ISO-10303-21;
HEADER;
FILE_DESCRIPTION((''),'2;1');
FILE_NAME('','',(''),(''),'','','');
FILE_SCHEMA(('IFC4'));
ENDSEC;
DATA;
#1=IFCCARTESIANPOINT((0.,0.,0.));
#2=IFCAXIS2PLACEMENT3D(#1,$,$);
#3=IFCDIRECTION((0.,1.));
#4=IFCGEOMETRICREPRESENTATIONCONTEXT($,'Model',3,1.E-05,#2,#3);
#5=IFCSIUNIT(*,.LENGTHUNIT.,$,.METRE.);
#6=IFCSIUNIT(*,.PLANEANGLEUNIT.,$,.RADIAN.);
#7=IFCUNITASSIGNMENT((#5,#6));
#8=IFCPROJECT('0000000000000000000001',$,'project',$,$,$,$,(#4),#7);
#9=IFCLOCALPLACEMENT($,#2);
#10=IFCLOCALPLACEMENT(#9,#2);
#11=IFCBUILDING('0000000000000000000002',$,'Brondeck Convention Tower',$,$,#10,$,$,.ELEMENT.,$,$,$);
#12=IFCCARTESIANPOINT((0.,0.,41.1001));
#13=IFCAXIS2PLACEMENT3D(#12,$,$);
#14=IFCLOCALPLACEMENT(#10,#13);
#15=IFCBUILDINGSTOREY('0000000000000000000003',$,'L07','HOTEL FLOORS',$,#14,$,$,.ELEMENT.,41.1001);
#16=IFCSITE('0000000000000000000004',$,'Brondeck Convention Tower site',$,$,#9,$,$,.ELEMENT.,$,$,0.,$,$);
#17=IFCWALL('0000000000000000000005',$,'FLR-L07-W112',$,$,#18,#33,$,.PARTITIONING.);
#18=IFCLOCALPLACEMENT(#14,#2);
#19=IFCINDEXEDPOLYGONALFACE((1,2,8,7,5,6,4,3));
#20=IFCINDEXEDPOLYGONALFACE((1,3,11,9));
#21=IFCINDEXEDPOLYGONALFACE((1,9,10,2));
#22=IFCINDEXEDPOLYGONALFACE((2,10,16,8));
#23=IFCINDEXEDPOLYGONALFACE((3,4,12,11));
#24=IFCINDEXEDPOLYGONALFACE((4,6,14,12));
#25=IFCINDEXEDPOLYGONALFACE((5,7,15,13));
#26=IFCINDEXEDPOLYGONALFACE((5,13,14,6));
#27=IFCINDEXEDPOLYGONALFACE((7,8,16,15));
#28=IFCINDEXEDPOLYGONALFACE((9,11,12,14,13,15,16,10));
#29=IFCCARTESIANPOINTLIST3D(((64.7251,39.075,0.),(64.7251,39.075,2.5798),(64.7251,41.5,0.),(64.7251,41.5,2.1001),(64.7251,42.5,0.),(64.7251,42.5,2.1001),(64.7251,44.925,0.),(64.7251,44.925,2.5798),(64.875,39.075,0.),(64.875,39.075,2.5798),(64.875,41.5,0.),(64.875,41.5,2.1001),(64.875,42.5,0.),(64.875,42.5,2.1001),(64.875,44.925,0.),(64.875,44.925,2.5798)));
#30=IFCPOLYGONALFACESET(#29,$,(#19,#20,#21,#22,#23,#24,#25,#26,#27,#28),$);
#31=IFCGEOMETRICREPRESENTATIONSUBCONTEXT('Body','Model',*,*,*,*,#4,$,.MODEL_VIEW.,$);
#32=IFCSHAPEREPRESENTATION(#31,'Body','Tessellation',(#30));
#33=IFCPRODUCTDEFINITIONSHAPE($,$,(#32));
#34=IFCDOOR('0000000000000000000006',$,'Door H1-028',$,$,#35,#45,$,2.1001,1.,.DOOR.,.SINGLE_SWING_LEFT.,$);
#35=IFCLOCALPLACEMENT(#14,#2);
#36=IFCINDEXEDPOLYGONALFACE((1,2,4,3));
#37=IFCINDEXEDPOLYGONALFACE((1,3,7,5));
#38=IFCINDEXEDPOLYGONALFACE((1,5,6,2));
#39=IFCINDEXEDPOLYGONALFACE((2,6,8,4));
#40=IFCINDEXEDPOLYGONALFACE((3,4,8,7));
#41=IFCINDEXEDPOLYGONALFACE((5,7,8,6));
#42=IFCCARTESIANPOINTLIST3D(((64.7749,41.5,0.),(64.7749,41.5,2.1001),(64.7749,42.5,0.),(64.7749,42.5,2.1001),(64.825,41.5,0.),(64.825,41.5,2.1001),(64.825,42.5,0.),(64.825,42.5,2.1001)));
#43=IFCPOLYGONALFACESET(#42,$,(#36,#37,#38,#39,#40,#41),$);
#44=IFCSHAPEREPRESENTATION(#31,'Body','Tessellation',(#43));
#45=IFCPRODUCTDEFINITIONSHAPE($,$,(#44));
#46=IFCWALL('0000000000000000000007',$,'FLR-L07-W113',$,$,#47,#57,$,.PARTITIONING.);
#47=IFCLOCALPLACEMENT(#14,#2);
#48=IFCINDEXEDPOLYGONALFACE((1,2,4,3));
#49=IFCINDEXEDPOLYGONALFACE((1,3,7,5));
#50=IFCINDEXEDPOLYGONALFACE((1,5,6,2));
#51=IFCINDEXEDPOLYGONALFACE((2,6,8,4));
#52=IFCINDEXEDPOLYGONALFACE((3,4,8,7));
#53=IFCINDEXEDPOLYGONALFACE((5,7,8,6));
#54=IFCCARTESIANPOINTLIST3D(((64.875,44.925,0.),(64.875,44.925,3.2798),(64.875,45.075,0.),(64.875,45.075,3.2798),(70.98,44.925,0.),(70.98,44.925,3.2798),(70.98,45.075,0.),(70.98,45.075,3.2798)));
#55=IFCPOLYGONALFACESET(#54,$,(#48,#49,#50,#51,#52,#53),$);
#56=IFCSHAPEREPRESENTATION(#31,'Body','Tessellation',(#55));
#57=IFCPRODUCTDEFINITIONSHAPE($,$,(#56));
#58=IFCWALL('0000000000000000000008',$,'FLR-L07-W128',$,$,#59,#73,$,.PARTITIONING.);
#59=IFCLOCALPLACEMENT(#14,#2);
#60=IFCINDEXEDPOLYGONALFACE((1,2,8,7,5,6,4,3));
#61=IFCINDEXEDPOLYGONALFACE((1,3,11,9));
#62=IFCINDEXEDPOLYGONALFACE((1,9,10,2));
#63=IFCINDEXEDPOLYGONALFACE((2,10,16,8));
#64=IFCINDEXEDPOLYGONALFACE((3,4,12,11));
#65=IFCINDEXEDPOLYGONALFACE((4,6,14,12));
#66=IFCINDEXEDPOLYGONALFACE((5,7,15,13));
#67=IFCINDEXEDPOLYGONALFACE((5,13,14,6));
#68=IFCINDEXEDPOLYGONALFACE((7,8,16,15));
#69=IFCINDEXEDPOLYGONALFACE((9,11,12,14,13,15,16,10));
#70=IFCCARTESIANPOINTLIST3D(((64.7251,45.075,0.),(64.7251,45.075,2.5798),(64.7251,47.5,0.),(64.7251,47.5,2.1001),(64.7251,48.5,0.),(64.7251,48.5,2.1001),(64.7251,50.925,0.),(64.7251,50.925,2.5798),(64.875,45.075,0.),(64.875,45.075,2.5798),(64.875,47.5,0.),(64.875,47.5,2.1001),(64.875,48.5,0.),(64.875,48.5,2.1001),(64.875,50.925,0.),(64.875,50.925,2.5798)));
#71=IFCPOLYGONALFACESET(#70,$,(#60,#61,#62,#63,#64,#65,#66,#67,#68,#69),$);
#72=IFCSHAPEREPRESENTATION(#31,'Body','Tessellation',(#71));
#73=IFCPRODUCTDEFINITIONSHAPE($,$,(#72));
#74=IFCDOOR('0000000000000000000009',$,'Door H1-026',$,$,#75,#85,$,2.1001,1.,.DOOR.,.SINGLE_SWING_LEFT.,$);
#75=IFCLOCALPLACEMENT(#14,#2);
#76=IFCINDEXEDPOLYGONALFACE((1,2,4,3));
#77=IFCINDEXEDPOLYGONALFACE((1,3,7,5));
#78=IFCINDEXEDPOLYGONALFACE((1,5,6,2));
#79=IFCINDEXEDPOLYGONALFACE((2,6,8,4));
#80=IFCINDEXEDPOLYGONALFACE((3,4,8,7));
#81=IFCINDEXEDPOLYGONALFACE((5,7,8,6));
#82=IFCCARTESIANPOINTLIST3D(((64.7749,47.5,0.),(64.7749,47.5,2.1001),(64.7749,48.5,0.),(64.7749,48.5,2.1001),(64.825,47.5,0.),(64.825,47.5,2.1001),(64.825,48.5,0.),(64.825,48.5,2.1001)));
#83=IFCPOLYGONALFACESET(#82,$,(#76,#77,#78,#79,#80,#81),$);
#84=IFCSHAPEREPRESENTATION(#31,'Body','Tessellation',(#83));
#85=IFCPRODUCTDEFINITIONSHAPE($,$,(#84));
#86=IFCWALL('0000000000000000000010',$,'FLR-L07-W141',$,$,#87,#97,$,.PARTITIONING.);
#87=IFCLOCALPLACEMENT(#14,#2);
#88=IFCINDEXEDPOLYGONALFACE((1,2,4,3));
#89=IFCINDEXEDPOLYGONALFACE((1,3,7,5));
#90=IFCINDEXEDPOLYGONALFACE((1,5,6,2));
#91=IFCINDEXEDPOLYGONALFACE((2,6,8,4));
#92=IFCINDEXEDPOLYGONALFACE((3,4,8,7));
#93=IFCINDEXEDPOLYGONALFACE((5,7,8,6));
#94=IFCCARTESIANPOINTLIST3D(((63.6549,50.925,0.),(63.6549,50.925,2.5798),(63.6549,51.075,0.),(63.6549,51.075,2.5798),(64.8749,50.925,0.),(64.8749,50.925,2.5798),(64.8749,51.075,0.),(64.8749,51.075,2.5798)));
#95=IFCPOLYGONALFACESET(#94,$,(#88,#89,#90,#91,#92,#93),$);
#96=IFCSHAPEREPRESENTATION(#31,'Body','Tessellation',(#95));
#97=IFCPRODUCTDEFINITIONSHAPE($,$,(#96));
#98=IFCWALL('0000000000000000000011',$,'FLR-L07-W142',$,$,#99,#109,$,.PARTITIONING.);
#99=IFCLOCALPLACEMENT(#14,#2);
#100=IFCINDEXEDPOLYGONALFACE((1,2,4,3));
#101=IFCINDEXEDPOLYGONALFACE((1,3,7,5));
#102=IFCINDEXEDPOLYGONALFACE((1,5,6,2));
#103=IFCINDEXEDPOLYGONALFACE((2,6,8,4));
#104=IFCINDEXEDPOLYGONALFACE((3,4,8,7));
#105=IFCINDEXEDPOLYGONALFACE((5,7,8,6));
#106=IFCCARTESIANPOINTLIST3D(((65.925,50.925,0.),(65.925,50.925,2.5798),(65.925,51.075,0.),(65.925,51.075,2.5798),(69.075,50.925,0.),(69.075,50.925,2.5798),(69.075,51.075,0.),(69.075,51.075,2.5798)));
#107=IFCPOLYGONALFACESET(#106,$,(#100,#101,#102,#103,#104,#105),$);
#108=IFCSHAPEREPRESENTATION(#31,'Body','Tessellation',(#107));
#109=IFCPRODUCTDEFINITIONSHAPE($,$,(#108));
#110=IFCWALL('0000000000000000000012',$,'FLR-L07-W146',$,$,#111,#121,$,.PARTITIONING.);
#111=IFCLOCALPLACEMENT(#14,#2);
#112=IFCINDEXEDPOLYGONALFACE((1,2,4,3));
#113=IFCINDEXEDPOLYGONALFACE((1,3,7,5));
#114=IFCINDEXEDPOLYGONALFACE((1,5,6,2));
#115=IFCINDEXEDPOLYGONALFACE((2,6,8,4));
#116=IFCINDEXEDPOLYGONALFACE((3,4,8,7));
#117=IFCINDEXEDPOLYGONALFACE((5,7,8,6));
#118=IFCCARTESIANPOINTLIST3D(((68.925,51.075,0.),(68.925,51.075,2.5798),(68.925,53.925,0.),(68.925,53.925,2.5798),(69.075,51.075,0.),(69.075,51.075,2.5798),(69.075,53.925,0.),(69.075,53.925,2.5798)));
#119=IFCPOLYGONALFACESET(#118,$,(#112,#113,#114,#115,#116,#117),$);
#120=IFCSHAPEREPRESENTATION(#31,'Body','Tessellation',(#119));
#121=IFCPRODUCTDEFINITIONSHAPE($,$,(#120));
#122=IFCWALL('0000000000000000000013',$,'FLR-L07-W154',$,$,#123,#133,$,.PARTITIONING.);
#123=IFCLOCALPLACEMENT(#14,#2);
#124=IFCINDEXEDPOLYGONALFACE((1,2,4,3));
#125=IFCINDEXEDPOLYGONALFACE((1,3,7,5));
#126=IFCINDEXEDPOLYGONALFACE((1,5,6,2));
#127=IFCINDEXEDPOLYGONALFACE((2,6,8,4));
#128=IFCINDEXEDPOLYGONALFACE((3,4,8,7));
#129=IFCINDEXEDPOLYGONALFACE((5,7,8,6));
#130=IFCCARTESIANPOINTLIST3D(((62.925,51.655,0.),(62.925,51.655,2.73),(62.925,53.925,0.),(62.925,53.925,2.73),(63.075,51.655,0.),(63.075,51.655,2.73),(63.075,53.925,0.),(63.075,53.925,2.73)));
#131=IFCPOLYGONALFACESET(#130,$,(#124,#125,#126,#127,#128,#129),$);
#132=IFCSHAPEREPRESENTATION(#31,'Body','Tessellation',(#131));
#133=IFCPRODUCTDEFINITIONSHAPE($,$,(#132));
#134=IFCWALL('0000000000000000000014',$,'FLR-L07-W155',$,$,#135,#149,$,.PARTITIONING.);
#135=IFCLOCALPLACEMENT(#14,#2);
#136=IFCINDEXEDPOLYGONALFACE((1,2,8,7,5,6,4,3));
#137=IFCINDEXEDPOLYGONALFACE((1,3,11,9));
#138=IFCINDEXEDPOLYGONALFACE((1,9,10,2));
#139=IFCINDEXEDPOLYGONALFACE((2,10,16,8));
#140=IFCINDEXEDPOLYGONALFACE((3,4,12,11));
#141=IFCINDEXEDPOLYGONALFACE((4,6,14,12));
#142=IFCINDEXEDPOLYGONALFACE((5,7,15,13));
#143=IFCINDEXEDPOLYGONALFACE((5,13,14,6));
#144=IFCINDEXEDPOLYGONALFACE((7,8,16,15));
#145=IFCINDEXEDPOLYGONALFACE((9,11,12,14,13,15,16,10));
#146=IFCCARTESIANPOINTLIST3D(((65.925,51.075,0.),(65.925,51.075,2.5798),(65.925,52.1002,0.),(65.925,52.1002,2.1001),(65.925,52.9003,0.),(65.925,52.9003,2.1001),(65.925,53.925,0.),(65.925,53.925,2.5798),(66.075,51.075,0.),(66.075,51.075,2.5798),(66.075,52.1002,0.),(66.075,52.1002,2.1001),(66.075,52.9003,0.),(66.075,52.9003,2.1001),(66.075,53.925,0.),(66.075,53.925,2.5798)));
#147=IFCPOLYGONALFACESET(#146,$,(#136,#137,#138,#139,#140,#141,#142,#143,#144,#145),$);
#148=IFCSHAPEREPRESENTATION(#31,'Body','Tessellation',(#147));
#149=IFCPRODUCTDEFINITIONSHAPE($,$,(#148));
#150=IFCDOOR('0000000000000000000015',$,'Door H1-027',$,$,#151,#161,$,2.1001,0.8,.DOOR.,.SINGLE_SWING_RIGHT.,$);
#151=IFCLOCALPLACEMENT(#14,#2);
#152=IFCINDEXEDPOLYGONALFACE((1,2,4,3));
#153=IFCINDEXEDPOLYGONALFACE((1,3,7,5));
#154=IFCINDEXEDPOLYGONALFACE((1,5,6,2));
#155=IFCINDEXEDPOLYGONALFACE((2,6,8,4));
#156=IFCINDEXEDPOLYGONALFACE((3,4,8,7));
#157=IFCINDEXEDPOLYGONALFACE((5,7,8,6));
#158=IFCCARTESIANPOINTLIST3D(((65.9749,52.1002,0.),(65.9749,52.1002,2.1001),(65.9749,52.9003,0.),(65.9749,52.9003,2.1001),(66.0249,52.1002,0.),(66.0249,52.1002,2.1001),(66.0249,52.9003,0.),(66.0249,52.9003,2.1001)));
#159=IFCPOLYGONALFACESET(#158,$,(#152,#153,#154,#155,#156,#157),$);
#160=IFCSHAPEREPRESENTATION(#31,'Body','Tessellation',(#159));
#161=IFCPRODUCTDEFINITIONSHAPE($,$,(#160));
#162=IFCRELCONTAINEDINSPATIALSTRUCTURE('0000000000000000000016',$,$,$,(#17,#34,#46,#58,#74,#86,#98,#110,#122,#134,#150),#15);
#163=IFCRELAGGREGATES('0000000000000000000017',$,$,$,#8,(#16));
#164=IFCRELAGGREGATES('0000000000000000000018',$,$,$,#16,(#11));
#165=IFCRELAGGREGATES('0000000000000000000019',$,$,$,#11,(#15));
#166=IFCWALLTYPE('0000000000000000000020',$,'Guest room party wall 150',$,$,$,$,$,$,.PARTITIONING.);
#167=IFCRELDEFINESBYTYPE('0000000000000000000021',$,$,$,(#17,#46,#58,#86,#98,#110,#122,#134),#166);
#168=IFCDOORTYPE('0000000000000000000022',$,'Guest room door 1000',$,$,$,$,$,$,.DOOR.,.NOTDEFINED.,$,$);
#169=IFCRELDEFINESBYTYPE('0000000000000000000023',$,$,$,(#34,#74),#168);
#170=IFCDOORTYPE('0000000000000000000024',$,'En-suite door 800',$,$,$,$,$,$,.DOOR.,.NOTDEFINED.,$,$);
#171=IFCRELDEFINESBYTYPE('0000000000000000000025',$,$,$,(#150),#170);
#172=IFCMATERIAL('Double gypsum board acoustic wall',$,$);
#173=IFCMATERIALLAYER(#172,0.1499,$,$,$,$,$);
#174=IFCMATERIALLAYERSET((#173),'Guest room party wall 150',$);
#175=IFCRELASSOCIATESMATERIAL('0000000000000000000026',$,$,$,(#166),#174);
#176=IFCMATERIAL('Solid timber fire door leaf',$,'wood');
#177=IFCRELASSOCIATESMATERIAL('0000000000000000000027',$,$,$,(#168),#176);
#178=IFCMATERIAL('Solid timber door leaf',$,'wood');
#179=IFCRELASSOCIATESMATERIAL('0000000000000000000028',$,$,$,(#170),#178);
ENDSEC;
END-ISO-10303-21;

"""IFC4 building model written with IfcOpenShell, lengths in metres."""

from ifc_helpers import new_model, si_unit, direction, frame, frame_2d, origin, place, context, subcontext, project, spatial, rectangle, extrude, material, layer, layer_set, type_object, element, fill, save


model = new_model("IFC4")

# Units and contexts
model_context = context("Model", 3, precision=1e-05, world=origin(), true_north=direction((0.0, 1.0)))
body_context = subcontext(model_context, "Body", "Model", "MODEL_VIEW")
ifc_project = project(units=[si_unit("LENGTHUNIT", "METRE"), si_unit("PLANEANGLEUNIT", "RADIAN")], contexts=[model_context])

# Site, building, storey
site_placement = place(None, origin())
site = spatial("IfcSite", under=ifc_project, at=site_placement, Name="Brondeck Convention Tower site", CompositionType="ELEMENT", RefElevation=0.0)
building_placement = place(site_placement, origin())
building = spatial("IfcBuilding", under=site, at=building_placement, Name="Brondeck Convention Tower", CompositionType="ELEMENT")
storey_placement = place(building_placement, frame((0.0, 0.0, 41.1001)))
storey = spatial("IfcBuildingStorey", under=building, at=storey_placement, Name="L07", Description="HOTEL FLOORS", CompositionType="ELEMENT", Elevation=41.1001)

# Wall, opening, door
ifc_material_1 = material(Name="Double gypsum board acoustic wall")
ifc_layer_1 = layer(ifc_material_1, 0.1499)
ifc_layer_set_1 = layer_set([ifc_layer_1], Name="Guest room party wall 150")
wall_type_1 = type_object("IfcWallType", Name="Guest room party wall 150", PredefinedType="PARTITIONING", material=ifc_layer_set_1)
wall_1_placement = place(storey_placement, frame((64.8, 44.925, 0.0), z_axis=(0.0, 0.0, 1.0), x_axis=(0.0, -1.0, 0.0)))
wall_1 = element("IfcWall", 1, at=wall_1_placement, inside=storey, type_object=wall_type_1, Name="FLR-L07-W112", PredefinedType="PARTITIONING", context=body_context, shape_type="SweptSolid", body=[
    extrude(rectangle(XDim=5.8501, YDim=0.1499, at=frame_2d((2.925, 0.0))), origin(), (0.0, 0.0, 1.0), 2.5798),
])
opening_1_placement = place(wall_1_placement, frame((2.425, 0.0, 0.0)))
opening_1 = element("IfcOpeningElement", 2, at=opening_1_placement, cuts=wall_1, PredefinedType="OPENING", context=body_context, shape_type="SweptSolid", body=[
    extrude(rectangle(XDim=1.0, YDim=2.1001, at=frame_2d((0.5, 1.05))), frame((0.0, 0.085, 0.0), z_axis=(0.0, -1.0, 0.0), x_axis=(1.0, 0.0, 0.0)), (0.0, 0.0, 1.0), 0.1699),
])
ifc_material_2 = material(Name="Solid timber fire door leaf", Category="wood")
door_type_1 = type_object("IfcDoorType", Name="Guest room door 1000", OperationType="NOTDEFINED", PredefinedType="DOOR", material=ifc_material_2)
door_1_placement = place(opening_1_placement, origin())
door_1 = element("IfcDoor", 3, at=door_1_placement, inside=storey, type_object=door_type_1, Name="Door H1-028", OperationType="SINGLE_SWING_LEFT", OverallHeight=2.1001, OverallWidth=1.0, PredefinedType="DOOR", context=body_context, shape_type="SweptSolid", body=[
    extrude(rectangle(XDim=1.0, YDim=2.1001, at=frame_2d((0.5, 1.05))), frame((0.0, 0.0249, 0.0), z_axis=(0.0, -1.0, 0.0), x_axis=(1.0, 0.0, 0.0)), (0.0, 0.0, 1.0), 0.05),
])
fill(opening_1, door_1)

# Wall
wall_2_placement = place(storey_placement, frame((70.98, 45.0, 0.0), z_axis=(0.0, 0.0, 1.0), x_axis=(-1.0, 0.0, 0.0)))
element("IfcWall", 4, at=wall_2_placement, inside=storey, type_object=wall_type_1, Name="FLR-L07-W113", PredefinedType="PARTITIONING", context=body_context, shape_type="SweptSolid", body=[
    extrude(rectangle(XDim=6.105, YDim=0.1499, at=frame_2d((3.0525, 0.0))), origin(), (0.0, 0.0, 1.0), 3.2798),
])

# Wall, opening, door
wall_3_placement = place(storey_placement, frame((64.8, 50.925, 0.0), z_axis=(0.0, 0.0, 1.0), x_axis=(0.0, -1.0, 0.0)))
wall_3 = element("IfcWall", 5, at=wall_3_placement, inside=storey, type_object=wall_type_1, Name="FLR-L07-W128", PredefinedType="PARTITIONING", context=body_context, shape_type="SweptSolid", body=[
    extrude(rectangle(XDim=5.8501, YDim=0.1499, at=frame_2d((2.925, 0.0))), origin(), (0.0, 0.0, 1.0), 2.5798),
])
opening_2_placement = place(wall_3_placement, frame((2.425, 0.0, 0.0)))
opening_2 = element("IfcOpeningElement", 6, at=opening_2_placement, cuts=wall_3, PredefinedType="OPENING", context=body_context, shape_type="SweptSolid", body=[
    extrude(rectangle(XDim=1.0, YDim=2.1001, at=frame_2d((0.5, 1.05))), frame((0.0, 0.085, 0.0), z_axis=(0.0, -1.0, 0.0), x_axis=(1.0, 0.0, 0.0)), (0.0, 0.0, 1.0), 0.1699),
])
door_2_placement = place(opening_2_placement, origin())
door_2 = element("IfcDoor", 7, at=door_2_placement, inside=storey, type_object=door_type_1, Name="Door H1-026", OperationType="SINGLE_SWING_LEFT", OverallHeight=2.1001, OverallWidth=1.0, PredefinedType="DOOR", context=body_context, shape_type="SweptSolid", body=[
    extrude(rectangle(XDim=1.0, YDim=2.1001, at=frame_2d((0.5, 1.05))), frame((0.0, 0.0249, 0.0), z_axis=(0.0, -1.0, 0.0), x_axis=(1.0, 0.0, 0.0)), (0.0, 0.0, 1.0), 0.05),
])
fill(opening_2, door_2)

# Walls
wall_4_placement = place(storey_placement, frame((63.655, 51.0, 0.0), z_axis=(0.0, 0.0, 1.0), x_axis=(1.0, 0.0, 0.0)))
element("IfcWall", 8, at=wall_4_placement, inside=storey, type_object=wall_type_1, Name="FLR-L07-W141", PredefinedType="PARTITIONING", context=body_context, shape_type="SweptSolid", body=[
    extrude(rectangle(XDim=1.22, YDim=0.1499, at=frame_2d((0.6099, 0.0))), origin(), (0.0, 0.0, 1.0), 2.5798),
])
wall_5_placement = place(storey_placement, frame((65.925, 51.0, 0.0), z_axis=(0.0, 0.0, 1.0), x_axis=(1.0, 0.0, 0.0)))
element("IfcWall", 9, at=wall_5_placement, inside=storey, type_object=wall_type_1, Name="FLR-L07-W142", PredefinedType="PARTITIONING", context=body_context, shape_type="SweptSolid", body=[
    extrude(rectangle(XDim=3.1499, YDim=0.1499, at=frame_2d((1.575, 0.0))), origin(), (0.0, 0.0, 1.0), 2.5798),
])
wall_6_placement = place(storey_placement, frame((69.0, 51.075, 0.0), z_axis=(0.0, 0.0, 1.0), x_axis=(0.0, 1.0, 0.0)))
element("IfcWall", 10, at=wall_6_placement, inside=storey, type_object=wall_type_1, Name="FLR-L07-W146", PredefinedType="PARTITIONING", context=body_context, shape_type="SweptSolid", body=[
    extrude(rectangle(XDim=2.8501, YDim=0.1499, at=frame_2d((1.425, 0.0))), origin(), (0.0, 0.0, 1.0), 2.5798),
])
wall_7_placement = place(storey_placement, frame((63.0, 53.925, 0.0), z_axis=(0.0, 0.0, 1.0), x_axis=(0.0, -1.0, 0.0)))
element("IfcWall", 11, at=wall_7_placement, inside=storey, type_object=wall_type_1, Name="FLR-L07-W154", PredefinedType="PARTITIONING", context=body_context, shape_type="SweptSolid", body=[
    extrude(rectangle(XDim=2.27, YDim=0.1499, at=frame_2d((1.135, 0.0))), origin(), (0.0, 0.0, 1.0), 2.73),
])

# Wall, opening, door
wall_8_placement = place(storey_placement, frame((66.0, 53.925, 0.0), z_axis=(0.0, 0.0, 1.0), x_axis=(0.0, -1.0, 0.0)))
wall_8 = element("IfcWall", 12, at=wall_8_placement, inside=storey, type_object=wall_type_1, Name="FLR-L07-W155", PredefinedType="PARTITIONING", context=body_context, shape_type="SweptSolid", body=[
    extrude(rectangle(XDim=2.8501, YDim=0.1499, at=frame_2d((1.425, 0.0))), origin(), (0.0, 0.0, 1.0), 2.5798),
])
opening_3_placement = place(wall_8_placement, frame((1.0249, 0.0, 0.0)))
opening_3 = element("IfcOpeningElement", 13, at=opening_3_placement, cuts=wall_8, PredefinedType="OPENING", context=body_context, shape_type="SweptSolid", body=[
    extrude(rectangle(XDim=0.8, YDim=2.1001, at=frame_2d((0.3999, 1.05))), frame((0.0, 0.085, 0.0), z_axis=(0.0, -1.0, 0.0), x_axis=(1.0, 0.0, 0.0)), (0.0, 0.0, 1.0), 0.1699),
])
ifc_material_3 = material(Name="Solid timber door leaf", Category="wood")
door_type_2 = type_object("IfcDoorType", Name="En-suite door 800", OperationType="NOTDEFINED", PredefinedType="DOOR", material=ifc_material_3)
door_3_placement = place(opening_3_placement, origin())
door_3 = element("IfcDoor", 14, at=door_3_placement, inside=storey, type_object=door_type_2, Name="Door H1-027", OperationType="SINGLE_SWING_RIGHT", OverallHeight=2.1001, OverallWidth=0.8, PredefinedType="DOOR", context=body_context, shape_type="SweptSolid", body=[
    extrude(rectangle(XDim=0.8, YDim=2.1001, at=frame_2d((0.3999, 1.05))), frame((0.0, 0.0249, 0.0), z_axis=(0.0, -1.0, 0.0), x_axis=(1.0, 0.0, 0.0)), (0.0, 0.0, 1.0), 0.05),
])
fill(opening_3, door_3)

save(model, "model.ifc")
